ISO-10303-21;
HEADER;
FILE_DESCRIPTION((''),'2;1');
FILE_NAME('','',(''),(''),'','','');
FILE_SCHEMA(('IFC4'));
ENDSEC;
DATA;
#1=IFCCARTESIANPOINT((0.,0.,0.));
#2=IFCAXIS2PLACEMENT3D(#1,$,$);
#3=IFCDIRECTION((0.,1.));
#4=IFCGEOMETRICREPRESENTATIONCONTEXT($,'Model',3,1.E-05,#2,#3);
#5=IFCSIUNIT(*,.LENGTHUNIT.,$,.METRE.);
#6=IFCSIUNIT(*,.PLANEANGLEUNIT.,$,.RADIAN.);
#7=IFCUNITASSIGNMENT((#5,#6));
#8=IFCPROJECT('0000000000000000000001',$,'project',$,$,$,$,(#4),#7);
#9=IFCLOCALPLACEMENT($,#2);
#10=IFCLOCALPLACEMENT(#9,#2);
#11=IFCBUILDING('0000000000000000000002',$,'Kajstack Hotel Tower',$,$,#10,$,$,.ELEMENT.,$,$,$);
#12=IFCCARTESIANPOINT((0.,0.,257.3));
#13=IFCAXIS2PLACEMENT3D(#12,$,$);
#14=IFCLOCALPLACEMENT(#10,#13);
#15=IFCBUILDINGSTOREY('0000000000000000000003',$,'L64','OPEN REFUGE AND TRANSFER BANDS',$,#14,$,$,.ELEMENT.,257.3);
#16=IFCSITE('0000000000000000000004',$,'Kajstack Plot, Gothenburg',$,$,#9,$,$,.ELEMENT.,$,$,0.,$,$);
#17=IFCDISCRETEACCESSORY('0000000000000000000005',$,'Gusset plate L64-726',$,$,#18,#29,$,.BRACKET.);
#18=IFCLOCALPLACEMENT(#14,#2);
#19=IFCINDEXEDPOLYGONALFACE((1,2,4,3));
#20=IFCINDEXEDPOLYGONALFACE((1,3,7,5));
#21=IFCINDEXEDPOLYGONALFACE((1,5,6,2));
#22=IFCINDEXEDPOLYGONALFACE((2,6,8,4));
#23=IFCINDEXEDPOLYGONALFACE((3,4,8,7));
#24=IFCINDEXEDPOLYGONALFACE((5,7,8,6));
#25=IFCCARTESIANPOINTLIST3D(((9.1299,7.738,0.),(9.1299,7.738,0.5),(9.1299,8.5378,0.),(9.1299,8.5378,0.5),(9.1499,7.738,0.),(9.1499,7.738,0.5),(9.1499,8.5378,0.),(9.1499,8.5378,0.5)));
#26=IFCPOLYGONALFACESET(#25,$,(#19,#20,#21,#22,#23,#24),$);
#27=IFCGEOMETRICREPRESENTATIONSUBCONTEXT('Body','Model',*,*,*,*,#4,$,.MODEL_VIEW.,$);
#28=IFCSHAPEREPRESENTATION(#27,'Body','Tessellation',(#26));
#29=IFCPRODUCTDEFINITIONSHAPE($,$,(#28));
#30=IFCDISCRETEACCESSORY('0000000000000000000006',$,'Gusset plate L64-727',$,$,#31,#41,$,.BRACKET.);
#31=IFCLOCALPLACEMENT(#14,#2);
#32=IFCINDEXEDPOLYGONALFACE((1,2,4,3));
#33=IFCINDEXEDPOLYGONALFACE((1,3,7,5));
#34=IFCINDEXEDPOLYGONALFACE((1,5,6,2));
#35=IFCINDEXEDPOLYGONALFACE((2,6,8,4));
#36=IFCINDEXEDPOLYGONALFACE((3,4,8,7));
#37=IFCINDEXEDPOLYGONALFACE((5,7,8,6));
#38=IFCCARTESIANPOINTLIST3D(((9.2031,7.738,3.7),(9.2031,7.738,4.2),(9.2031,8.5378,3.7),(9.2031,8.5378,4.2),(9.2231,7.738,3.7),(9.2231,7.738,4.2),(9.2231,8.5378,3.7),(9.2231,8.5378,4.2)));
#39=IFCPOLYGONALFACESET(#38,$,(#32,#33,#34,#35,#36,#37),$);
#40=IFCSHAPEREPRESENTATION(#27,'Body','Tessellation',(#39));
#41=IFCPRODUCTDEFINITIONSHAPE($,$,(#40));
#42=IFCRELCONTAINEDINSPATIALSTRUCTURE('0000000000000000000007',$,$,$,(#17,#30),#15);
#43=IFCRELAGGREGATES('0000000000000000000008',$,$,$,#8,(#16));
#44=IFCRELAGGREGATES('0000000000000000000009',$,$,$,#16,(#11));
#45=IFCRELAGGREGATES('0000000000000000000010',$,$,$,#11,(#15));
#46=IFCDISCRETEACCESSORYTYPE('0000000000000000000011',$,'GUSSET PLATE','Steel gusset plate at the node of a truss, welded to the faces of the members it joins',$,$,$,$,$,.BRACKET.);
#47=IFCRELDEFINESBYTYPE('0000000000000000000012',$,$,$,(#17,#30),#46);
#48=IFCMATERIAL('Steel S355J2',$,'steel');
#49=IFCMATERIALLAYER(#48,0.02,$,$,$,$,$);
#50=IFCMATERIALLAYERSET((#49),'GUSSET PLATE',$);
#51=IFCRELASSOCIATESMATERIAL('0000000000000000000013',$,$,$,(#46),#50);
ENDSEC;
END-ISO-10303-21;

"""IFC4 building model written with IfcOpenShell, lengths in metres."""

from ifc_helpers import new_model, si_unit, direction, frame, origin, place, context, subcontext, project, spatial, polyline, outline, extrude, material, layer, layer_set, type_object, element, save


model = new_model("IFC4")

# Units and contexts
model_context = context("Model", 3, precision=1e-05, world=origin(), true_north=direction((0.0, 1.0)))
body_context = subcontext(model_context, "Body", "Model", "MODEL_VIEW")
ifc_project = project(units=[si_unit("LENGTHUNIT", "METRE"), si_unit("PLANEANGLEUNIT", "RADIAN")], contexts=[model_context])

# Site, building, storey
site_placement = place(None, origin())
site = spatial("IfcSite", under=ifc_project, at=site_placement, Name="Kajstack Plot, Gothenburg", CompositionType="ELEMENT", RefElevation=0.0)
building_placement = place(site_placement, origin())
building = spatial("IfcBuilding", under=site, at=building_placement, Name="Kajstack Hotel Tower", CompositionType="ELEMENT")
storey_placement = place(building_placement, frame((0.0, 0.0, 257.3)))
storey = spatial("IfcBuildingStorey", under=building, at=storey_placement, Name="L64", Description="OPEN REFUGE AND TRANSFER BANDS", CompositionType="ELEMENT", Elevation=257.3)

# Shared definitions
ifc_material_1 = material(Name="Steel S355J2", Category="steel")

# Discrete accessories
ifc_layer_1 = layer(ifc_material_1, 0.02)
ifc_layer_set_1 = layer_set([ifc_layer_1], Name="GUSSET PLATE")
discrete_accessory_type_1 = type_object("IfcDiscreteAccessoryType", Name="GUSSET PLATE", Description="Steel gusset plate at the node of a truss, welded to the faces of the members it joins", PredefinedType="BRACKET", material=ifc_layer_set_1)
for number, where, z_axis, x_axis, name in (
    (1, (9.1299, 8.1379, 0.0), (1.0, 0.0, 0.0), (0.0, 1.0, 0.0), "Gusset plate L64-726"),
    (2, (9.2031, 8.1379, 3.7), (1.0, 0.0, 0.0), (0.0, 1.0, 0.0), "Gusset plate L64-727"),
):
    element("IfcDiscreteAccessory", number, at=place(storey_placement, frame(where, z_axis=z_axis, x_axis=x_axis)), inside=storey, type_object=discrete_accessory_type_1, Name=name, PredefinedType="BRACKET", context=body_context, shape_type="SweptSolid", body=[
        extrude(outline(polyline([(-0.3999, 0.0), (0.3999, 0.0), (0.3999, 0.5), (-0.3999, 0.5), (-0.3999, 0.0)])), origin(), (0.0, 0.0, 1.0), 0.02),
    ])

save(model, "model.ifc")
